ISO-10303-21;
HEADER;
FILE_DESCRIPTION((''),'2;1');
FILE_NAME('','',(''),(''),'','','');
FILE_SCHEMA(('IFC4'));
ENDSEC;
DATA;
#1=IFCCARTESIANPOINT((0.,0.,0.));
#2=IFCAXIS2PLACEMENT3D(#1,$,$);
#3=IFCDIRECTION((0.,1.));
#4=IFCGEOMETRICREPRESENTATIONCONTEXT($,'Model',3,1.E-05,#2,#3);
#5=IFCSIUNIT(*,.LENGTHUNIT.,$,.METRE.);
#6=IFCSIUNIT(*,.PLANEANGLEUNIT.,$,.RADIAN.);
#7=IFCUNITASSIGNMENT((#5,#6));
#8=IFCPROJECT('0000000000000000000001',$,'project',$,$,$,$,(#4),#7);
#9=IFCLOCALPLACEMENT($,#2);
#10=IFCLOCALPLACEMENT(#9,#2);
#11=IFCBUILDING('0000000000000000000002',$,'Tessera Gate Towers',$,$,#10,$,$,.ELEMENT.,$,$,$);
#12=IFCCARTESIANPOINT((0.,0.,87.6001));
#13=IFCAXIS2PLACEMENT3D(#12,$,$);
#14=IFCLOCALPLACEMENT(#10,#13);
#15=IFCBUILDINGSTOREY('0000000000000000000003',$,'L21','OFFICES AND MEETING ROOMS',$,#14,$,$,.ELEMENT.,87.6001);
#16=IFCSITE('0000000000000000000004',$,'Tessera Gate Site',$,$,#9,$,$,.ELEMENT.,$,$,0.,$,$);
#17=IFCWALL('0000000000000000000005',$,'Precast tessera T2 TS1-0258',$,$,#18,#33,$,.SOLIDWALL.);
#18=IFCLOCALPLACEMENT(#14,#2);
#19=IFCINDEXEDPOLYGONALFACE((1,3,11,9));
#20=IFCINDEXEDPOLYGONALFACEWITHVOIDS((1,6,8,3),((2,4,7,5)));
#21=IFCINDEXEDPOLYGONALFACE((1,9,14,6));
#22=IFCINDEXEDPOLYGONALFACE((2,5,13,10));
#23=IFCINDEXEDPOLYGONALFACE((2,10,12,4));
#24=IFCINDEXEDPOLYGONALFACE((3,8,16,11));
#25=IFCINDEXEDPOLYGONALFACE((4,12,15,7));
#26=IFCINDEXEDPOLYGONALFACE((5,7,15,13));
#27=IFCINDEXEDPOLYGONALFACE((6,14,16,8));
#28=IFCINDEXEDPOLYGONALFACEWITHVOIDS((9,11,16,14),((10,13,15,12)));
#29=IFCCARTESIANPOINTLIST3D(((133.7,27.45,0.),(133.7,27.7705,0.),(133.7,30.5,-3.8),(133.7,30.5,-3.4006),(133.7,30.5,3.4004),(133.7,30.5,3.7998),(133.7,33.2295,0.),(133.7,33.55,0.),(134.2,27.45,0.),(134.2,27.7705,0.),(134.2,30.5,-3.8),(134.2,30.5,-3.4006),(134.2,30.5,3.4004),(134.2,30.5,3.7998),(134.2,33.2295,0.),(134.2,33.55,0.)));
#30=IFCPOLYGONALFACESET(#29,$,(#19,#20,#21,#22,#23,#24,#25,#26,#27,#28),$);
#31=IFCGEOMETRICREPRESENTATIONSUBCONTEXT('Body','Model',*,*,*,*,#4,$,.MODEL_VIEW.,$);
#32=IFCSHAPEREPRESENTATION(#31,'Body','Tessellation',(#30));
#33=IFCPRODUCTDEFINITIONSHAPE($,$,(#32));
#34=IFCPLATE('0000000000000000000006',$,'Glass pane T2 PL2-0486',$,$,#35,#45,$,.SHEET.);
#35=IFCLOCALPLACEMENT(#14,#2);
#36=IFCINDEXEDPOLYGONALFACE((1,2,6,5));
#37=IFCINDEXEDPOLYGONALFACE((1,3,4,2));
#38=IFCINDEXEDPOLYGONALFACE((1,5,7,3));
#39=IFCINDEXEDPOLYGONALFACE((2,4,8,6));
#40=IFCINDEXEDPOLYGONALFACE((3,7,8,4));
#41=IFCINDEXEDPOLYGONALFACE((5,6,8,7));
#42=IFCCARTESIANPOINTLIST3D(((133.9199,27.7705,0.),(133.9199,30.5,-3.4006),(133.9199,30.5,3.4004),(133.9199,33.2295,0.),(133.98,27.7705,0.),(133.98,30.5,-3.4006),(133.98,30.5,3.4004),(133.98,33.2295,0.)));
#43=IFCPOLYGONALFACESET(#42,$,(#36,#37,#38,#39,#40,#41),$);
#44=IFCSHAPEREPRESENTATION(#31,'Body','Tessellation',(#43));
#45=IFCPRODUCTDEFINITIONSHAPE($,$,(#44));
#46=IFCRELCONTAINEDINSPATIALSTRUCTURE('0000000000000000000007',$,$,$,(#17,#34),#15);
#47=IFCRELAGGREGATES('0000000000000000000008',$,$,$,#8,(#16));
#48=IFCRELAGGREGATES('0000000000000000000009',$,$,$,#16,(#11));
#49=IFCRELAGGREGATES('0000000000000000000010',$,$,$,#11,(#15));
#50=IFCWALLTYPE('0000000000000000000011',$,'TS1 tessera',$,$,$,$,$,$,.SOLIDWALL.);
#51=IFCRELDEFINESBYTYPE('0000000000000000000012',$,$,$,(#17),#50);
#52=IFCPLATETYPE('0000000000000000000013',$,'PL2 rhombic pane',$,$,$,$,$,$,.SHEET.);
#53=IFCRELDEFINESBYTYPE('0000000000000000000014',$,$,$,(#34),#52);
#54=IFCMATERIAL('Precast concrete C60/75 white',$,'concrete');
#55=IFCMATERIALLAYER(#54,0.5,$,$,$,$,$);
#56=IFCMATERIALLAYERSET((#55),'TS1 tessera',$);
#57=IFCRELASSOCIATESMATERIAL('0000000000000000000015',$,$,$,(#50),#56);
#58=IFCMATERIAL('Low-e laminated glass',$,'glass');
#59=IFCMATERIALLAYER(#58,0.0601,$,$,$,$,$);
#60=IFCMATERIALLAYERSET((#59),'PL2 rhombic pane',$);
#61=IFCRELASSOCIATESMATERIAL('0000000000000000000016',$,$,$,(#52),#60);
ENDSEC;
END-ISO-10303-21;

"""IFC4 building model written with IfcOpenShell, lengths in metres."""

from ifc_helpers import new_model, si_unit, direction, frame, origin, place, context, subcontext, project, spatial, polyline, outline, extrude, source, transform, mapped, material, layer, layer_set, type_object, element, fill, save


model = new_model("IFC4")

# Units and contexts
model_context = context("Model", 3, precision=1e-05, world=origin(), true_north=direction((0.0, 1.0)))
body_context = subcontext(model_context, "Body", "Model", "MODEL_VIEW")
ifc_project = project(units=[si_unit("LENGTHUNIT", "METRE"), si_unit("PLANEANGLEUNIT", "RADIAN")], contexts=[model_context])

# Site, building, storey
site_placement = place(None, origin())
site = spatial("IfcSite", under=ifc_project, at=site_placement, Name="Tessera Gate Site", CompositionType="ELEMENT", RefElevation=0.0)
building_placement = place(site_placement, origin())
building = spatial("IfcBuilding", under=site, at=building_placement, Name="Tessera Gate Towers", CompositionType="ELEMENT")
storey_placement = place(building_placement, frame((0.0, 0.0, 87.6001)))
storey = spatial("IfcBuildingStorey", under=building, at=storey_placement, Name="L21", Description="OFFICES AND MEETING ROOMS", CompositionType="ELEMENT", Elevation=87.6001)

# Wall, opening, plate
ifc_material_1 = material(Name="Precast concrete C60/75 white", Category="concrete")
ifc_layer_1 = layer(ifc_material_1, 0.5)
ifc_layer_set_1 = layer_set([ifc_layer_1], Name="TS1 tessera")
wall_type_1 = type_object("IfcWallType", Name="TS1 tessera", PredefinedType="SOLIDWALL", material=ifc_layer_set_1)
shared_shape_1 = source(origin(), body_context, "Body", "SweptSolid", [
    extrude(outline(polyline([(3.05, 0.0), (6.1001, 3.8), (3.05, 7.5999), (0.0, 3.8), (3.05, 0.0)])), frame((0.0, 0.25, 0.0), z_axis=(0.0, -1.0, 0.0), x_axis=(1.0, 0.0, 0.0)), (0.0, 0.0, 1.0), 0.5),
])
wall_1_placement = place(storey_placement, frame((133.95, 27.45, -3.8), z_axis=(0.0, 0.0, 1.0), x_axis=(0.0, 1.0, 0.0)))
wall_1 = element("IfcWall", 1, at=wall_1_placement, inside=storey, type_object=wall_type_1, Name="Precast tessera T2 TS1-0258", PredefinedType="SOLIDWALL", context=body_context, shape_type="MappedRepresentation", body=[
    mapped(shared_shape_1, transform((0.0, 0.0, 0.0), scale=1.0)),
])
shared_shape_2 = source(origin(), body_context, "Body", "SweptSolid", [
    extrude(outline(polyline([(3.05, 0.3994), (5.7795, 3.8), (3.05, 7.2004), (0.3206, 3.8), (3.05, 0.3994)])), frame((0.0, 0.26, 0.0), z_axis=(0.0, -1.0, 0.0), x_axis=(1.0, 0.0, 0.0)), (0.0, 0.0, 1.0), 0.52),
])
opening_1_placement = place(wall_1_placement, origin())
opening_1 = element("IfcOpeningElement", 2, at=opening_1_placement, cuts=wall_1, PredefinedType="OPENING", context=body_context, shape_type="MappedRepresentation", body=[
    mapped(shared_shape_2, transform((0.0, 0.0, 0.0), scale=1.0)),
])
ifc_material_2 = material(Name="Low-e laminated glass", Category="glass")
ifc_layer_2 = layer(ifc_material_2, 0.0601)
ifc_layer_set_2 = layer_set([ifc_layer_2], Name="PL2 rhombic pane")
plate_type = type_object("IfcPlateType", Name="PL2 rhombic pane", PredefinedType="SHEET", material=ifc_layer_set_2)
shared_shape_3 = source(origin(), body_context, "Body", "SweptSolid", [
    extrude(outline(polyline([(3.05, 0.3994), (5.7795, 3.8), (3.05, 7.2004), (0.3206, 3.8), (3.05, 0.3994)])), frame((0.0, 0.03, 0.0), z_axis=(0.0, -1.0, 0.0), x_axis=(1.0, 0.0, 0.0)), (0.0, 0.0, 1.0), 0.0601),
])
plate_placement = place(opening_1_placement, origin())
plate = element("IfcPlate", 3, at=plate_placement, inside=storey, type_object=plate_type, Name="Glass pane T2 PL2-0486", PredefinedType="SHEET", context=body_context, shape_type="MappedRepresentation", body=[
    mapped(shared_shape_3, transform((0.0, 0.0, 0.0), scale=1.0)),
])
fill(opening_1, plate)

save(model, "model.ifc")
